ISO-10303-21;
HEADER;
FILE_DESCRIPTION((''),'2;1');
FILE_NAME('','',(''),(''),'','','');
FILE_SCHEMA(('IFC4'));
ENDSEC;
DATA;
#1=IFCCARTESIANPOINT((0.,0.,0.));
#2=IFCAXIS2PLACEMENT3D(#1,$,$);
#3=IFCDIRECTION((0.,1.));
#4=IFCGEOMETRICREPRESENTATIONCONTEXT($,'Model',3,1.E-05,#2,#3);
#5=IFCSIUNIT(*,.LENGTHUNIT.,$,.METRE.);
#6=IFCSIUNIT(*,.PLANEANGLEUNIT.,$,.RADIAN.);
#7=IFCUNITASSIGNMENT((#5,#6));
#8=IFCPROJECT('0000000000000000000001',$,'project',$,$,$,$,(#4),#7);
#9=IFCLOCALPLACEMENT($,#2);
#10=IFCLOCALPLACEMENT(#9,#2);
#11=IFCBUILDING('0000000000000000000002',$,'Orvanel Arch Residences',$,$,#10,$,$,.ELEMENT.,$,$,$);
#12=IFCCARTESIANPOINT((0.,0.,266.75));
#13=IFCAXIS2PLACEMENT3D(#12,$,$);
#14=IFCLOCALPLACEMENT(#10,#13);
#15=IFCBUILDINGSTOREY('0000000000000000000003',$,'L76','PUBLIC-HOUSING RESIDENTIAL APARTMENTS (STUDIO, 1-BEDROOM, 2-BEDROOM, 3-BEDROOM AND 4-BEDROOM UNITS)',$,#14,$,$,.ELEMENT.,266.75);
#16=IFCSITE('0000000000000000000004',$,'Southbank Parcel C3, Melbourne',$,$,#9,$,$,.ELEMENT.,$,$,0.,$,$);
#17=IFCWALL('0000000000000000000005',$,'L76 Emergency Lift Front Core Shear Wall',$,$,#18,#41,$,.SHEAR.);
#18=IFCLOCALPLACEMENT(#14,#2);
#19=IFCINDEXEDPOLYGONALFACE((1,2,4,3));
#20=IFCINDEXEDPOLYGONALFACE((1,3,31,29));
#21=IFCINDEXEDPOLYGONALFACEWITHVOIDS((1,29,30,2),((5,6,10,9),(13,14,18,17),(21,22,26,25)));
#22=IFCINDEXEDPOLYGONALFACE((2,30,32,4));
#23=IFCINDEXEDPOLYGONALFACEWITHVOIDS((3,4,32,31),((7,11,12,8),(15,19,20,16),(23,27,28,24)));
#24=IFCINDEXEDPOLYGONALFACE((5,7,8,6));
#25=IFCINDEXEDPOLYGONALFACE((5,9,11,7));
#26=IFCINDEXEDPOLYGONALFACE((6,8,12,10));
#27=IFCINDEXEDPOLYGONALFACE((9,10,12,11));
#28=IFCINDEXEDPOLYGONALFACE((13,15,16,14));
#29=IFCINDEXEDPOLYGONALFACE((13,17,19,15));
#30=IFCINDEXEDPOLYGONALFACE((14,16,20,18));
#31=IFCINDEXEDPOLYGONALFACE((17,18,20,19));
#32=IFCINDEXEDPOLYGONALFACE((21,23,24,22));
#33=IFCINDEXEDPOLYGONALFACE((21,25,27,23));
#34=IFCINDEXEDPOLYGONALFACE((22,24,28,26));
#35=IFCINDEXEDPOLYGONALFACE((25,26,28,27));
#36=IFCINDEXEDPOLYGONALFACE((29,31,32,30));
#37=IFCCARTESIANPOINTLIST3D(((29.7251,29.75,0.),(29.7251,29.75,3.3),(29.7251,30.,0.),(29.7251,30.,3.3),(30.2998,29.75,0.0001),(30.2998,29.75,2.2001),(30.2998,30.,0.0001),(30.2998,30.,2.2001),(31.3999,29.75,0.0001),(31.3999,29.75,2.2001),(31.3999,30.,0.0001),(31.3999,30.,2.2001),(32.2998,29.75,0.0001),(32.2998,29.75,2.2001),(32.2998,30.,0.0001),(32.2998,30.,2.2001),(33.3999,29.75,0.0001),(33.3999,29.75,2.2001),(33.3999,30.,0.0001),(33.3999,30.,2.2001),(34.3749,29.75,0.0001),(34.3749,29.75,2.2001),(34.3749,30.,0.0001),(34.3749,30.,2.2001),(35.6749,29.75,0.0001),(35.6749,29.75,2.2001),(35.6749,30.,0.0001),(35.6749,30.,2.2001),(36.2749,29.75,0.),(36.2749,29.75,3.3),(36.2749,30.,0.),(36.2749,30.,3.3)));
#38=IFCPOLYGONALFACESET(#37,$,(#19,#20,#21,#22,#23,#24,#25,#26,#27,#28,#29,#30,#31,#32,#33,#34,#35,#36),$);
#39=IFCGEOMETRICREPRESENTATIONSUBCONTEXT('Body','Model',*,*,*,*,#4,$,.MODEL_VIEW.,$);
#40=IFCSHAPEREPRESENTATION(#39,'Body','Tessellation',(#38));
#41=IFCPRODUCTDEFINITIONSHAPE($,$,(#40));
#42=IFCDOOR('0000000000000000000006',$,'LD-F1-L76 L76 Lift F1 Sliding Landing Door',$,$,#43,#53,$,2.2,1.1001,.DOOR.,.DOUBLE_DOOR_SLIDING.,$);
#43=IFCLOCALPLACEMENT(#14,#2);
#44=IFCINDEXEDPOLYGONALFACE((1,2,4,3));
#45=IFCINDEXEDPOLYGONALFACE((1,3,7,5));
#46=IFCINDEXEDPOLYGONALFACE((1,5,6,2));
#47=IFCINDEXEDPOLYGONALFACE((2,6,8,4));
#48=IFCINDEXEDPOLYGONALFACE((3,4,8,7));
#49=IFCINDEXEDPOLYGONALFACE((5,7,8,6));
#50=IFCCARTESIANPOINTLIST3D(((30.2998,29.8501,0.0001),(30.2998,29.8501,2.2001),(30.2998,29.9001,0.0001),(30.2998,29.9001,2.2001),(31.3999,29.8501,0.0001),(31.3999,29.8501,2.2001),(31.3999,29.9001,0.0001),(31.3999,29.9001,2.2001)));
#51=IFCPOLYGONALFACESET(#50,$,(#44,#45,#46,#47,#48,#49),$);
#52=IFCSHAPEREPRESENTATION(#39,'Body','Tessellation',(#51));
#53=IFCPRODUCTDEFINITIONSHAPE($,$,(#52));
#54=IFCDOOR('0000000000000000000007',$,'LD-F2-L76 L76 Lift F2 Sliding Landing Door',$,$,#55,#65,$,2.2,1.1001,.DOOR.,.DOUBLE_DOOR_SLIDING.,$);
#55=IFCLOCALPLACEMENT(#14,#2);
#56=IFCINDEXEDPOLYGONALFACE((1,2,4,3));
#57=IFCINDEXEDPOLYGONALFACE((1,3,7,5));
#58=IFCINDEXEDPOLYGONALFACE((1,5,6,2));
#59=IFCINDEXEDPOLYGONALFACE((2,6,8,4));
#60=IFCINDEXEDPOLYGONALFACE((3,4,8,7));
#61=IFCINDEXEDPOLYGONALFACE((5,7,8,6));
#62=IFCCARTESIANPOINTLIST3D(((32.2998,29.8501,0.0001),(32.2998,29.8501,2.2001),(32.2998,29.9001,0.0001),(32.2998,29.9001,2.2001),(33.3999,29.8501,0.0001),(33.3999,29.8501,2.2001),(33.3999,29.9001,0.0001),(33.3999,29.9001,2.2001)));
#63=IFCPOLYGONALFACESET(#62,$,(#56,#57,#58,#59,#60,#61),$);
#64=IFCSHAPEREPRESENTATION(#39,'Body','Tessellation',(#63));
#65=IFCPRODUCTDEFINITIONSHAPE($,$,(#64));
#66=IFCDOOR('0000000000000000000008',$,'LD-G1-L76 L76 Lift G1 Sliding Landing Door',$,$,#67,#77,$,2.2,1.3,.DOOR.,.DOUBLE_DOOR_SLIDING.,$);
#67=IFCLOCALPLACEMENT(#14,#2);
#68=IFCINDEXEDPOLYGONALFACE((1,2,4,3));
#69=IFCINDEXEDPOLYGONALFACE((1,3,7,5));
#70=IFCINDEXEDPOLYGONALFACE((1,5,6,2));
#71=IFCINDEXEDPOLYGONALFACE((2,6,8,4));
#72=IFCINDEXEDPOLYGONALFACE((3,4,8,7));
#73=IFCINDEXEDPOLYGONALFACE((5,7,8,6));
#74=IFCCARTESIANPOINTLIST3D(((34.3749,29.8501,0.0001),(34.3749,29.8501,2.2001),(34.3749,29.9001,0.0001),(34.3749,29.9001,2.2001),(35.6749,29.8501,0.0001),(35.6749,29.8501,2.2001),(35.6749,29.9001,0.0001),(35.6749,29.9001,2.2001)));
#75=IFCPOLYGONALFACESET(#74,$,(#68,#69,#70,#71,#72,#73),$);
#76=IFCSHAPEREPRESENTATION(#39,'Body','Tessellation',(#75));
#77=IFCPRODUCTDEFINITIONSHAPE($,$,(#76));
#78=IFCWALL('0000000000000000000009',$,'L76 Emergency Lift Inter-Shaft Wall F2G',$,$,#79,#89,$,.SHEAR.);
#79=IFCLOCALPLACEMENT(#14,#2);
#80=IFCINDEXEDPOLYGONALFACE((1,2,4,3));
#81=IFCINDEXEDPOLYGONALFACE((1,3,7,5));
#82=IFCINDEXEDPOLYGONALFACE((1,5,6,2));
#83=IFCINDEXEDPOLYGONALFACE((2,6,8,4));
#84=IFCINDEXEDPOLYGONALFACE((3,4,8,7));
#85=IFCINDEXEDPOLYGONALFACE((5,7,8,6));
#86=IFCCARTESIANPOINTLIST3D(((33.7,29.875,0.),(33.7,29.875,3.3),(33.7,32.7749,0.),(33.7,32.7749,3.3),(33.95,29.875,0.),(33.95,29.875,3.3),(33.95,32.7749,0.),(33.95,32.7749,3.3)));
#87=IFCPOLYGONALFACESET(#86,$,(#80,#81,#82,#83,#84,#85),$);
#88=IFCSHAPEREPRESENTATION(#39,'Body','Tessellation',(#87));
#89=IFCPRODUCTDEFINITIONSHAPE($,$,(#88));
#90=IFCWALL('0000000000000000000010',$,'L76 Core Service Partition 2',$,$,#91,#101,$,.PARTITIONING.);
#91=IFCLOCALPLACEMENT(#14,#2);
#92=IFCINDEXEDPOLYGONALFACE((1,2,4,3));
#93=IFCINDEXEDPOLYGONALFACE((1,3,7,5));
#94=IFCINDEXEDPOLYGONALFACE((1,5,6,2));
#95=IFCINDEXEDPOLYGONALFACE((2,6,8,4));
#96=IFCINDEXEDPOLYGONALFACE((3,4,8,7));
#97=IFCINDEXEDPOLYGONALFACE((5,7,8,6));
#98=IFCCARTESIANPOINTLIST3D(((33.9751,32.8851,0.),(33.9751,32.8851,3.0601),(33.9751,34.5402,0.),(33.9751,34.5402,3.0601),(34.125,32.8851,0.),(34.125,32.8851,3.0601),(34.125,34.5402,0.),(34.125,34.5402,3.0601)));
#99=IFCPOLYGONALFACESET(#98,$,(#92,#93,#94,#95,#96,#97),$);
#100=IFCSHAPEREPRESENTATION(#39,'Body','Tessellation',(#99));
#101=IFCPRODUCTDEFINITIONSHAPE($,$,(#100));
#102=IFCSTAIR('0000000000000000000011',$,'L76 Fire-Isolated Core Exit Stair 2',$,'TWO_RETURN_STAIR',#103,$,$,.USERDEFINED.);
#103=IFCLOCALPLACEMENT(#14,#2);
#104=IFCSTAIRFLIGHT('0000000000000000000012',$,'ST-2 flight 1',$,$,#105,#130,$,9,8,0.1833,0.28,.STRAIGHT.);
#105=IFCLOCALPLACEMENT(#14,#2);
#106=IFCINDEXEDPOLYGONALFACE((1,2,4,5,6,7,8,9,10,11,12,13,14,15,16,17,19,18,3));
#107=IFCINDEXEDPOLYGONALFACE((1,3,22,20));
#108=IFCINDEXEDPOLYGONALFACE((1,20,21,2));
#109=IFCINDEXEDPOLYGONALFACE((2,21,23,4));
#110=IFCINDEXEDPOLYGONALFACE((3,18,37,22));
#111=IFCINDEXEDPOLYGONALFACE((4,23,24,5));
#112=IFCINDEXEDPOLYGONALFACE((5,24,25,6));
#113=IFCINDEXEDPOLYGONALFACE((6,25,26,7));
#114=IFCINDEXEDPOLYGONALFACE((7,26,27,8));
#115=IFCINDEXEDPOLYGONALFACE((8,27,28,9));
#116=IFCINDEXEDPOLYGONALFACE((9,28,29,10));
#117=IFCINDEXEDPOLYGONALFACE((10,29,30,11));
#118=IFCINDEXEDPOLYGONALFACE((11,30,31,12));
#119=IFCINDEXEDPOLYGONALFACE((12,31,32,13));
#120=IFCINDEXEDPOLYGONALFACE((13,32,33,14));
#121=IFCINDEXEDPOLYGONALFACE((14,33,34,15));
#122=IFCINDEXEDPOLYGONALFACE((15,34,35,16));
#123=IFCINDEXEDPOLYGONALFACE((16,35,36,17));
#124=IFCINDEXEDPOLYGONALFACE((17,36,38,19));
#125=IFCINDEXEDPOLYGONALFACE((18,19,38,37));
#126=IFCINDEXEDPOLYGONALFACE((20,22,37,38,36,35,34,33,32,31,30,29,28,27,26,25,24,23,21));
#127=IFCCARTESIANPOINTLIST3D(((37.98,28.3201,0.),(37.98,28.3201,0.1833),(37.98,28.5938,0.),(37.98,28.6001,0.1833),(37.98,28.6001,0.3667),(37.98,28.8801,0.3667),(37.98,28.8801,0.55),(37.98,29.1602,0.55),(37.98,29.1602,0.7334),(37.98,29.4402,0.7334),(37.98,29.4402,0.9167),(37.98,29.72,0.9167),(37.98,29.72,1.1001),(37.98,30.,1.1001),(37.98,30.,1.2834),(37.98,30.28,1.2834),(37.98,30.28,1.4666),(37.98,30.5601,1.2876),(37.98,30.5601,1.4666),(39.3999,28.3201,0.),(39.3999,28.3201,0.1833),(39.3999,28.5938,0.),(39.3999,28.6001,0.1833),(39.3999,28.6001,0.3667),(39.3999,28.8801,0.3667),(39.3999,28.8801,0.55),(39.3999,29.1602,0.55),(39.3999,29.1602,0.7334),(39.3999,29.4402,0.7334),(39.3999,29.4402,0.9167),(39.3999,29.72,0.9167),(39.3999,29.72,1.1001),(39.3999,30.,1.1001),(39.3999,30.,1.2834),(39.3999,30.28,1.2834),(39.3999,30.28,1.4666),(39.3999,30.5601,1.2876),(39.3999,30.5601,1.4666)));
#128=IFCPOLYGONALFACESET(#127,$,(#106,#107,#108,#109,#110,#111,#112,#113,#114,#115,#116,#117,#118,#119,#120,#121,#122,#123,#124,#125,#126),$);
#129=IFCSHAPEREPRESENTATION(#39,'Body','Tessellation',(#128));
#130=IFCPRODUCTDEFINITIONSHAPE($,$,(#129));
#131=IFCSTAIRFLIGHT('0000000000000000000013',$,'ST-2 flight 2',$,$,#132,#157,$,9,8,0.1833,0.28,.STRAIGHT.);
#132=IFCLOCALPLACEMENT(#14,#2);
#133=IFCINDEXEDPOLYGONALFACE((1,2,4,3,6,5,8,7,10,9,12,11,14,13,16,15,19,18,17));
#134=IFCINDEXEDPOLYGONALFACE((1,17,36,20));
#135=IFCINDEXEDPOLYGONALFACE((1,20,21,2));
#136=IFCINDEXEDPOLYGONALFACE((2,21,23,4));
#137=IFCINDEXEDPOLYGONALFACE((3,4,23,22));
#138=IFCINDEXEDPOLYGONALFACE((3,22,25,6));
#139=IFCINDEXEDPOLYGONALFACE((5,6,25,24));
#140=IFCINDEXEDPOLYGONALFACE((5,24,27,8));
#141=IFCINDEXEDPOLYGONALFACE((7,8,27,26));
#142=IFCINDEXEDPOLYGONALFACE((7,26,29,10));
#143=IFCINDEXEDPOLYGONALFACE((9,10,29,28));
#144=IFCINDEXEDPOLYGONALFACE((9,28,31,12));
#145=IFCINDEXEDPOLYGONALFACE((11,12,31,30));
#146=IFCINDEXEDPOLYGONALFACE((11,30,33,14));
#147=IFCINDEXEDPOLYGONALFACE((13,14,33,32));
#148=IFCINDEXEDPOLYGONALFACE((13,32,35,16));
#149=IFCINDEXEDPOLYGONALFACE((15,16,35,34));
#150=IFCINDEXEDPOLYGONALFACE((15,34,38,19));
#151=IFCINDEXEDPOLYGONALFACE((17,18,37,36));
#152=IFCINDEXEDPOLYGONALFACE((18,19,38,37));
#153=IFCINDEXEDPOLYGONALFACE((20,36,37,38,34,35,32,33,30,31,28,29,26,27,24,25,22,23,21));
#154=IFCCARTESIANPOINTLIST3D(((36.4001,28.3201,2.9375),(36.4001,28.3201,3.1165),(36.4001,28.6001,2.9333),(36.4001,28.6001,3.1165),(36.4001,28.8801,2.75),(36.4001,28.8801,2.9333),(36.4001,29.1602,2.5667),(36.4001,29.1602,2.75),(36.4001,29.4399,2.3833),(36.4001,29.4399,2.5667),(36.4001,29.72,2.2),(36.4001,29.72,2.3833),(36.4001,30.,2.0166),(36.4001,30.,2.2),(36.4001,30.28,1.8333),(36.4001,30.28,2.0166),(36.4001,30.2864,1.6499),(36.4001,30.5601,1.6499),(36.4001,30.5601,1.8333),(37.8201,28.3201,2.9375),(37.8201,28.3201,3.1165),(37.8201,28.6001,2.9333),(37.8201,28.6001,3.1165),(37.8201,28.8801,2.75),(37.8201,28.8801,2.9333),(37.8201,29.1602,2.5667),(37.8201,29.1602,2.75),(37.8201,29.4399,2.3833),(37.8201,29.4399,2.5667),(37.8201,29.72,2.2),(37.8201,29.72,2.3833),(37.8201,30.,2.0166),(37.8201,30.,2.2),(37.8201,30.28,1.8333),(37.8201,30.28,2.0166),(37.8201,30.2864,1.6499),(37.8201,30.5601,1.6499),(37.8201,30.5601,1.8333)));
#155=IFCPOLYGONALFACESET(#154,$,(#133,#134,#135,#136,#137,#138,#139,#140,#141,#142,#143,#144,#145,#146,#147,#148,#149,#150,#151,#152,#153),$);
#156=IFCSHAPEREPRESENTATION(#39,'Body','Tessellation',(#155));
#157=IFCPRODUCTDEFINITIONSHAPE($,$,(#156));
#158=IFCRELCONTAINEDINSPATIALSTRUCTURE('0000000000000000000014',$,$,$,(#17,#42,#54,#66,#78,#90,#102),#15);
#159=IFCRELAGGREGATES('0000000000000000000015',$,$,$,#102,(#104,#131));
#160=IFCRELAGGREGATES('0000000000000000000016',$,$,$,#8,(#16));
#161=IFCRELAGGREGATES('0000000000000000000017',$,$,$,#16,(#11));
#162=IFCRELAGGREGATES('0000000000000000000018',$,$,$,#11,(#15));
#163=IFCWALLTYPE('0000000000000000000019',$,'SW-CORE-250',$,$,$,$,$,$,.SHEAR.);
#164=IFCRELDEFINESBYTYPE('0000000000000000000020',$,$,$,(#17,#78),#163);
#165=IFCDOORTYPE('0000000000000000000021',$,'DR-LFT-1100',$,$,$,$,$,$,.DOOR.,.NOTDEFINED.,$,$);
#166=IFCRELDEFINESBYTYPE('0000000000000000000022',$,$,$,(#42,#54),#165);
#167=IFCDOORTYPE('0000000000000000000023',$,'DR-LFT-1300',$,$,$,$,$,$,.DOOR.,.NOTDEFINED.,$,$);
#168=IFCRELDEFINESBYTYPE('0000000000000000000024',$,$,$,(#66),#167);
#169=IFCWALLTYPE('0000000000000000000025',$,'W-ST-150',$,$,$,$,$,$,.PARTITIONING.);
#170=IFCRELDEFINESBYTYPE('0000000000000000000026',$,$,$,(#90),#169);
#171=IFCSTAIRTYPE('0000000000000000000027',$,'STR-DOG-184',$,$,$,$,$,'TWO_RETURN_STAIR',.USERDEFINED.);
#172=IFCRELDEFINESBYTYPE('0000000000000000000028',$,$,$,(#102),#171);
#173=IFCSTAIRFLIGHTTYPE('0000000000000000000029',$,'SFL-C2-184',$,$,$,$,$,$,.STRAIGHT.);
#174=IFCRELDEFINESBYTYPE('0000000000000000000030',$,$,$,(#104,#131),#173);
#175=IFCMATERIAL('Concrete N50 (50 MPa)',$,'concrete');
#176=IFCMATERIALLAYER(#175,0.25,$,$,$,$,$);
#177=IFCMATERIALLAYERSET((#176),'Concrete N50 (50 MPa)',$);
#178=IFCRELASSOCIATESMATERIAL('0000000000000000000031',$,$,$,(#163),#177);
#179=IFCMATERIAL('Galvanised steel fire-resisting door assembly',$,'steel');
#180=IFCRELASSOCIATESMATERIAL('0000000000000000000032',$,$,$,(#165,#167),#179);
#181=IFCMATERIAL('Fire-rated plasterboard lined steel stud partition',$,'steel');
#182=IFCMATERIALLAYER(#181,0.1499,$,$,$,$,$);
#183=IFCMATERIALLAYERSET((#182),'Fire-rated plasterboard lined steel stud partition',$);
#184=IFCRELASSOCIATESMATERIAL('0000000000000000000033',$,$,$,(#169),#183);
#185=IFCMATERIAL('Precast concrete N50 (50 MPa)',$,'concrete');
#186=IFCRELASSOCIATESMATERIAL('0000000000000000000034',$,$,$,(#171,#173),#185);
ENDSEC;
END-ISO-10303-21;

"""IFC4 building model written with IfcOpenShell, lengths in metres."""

from ifc_helpers import new_model, si_unit, direction, frame, frame_2d, origin, place, context, subcontext, project, spatial, polyline, rectangle, outline, extrude, material, layer, layer_set, type_object, element, fill, aggregate, save


model = new_model("IFC4")

# Units and contexts
model_context = context("Model", 3, precision=1e-05, world=origin(), true_north=direction((0.0, 1.0)))
body_context = subcontext(model_context, "Body", "Model", "MODEL_VIEW")
ifc_project = project(units=[si_unit("LENGTHUNIT", "METRE"), si_unit("PLANEANGLEUNIT", "RADIAN")], contexts=[model_context])

# Site, building, storey
site_placement = place(None, origin())
site = spatial("IfcSite", under=ifc_project, at=site_placement, Name="Southbank Parcel C3, Melbourne", CompositionType="ELEMENT", RefElevation=0.0)
building_placement = place(site_placement, origin())
building = spatial("IfcBuilding", under=site, at=building_placement, Name="Orvanel Arch Residences", CompositionType="ELEMENT")
storey_placement = place(building_placement, frame((0.0, 0.0, 266.75)))
storey = spatial("IfcBuildingStorey", under=building, at=storey_placement, Name="L76", Description="PUBLIC-HOUSING RESIDENTIAL APARTMENTS (STUDIO, 1-BEDROOM, 2-BEDROOM, 3-BEDROOM AND 4-BEDROOM UNITS)", CompositionType="ELEMENT", Elevation=266.75)

# Shared definitions
ifc_material_1 = material(Name="Concrete N50 (50 MPa)", Category="concrete")
ifc_layer_1 = layer(ifc_material_1, 0.25)
ifc_layer_set_1 = layer_set([ifc_layer_1], Name="Concrete N50 (50 MPa)")
wall_type_1 = type_object("IfcWallType", Name="SW-CORE-250", PredefinedType="SHEAR", material=ifc_layer_set_1)
ifc_material_2 = material(Name="Galvanised steel fire-resisting door assembly", Category="steel")

# Wall, openings, doors
wall_1_placement = place(storey_placement, frame((36.2749, 29.875, 0.0), z_axis=(0.0, 0.0, 1.0), x_axis=(-1.0, 0.0, 0.0)))
wall_1 = element("IfcWall", 1, at=wall_1_placement, inside=storey, type_object=wall_type_1, Name="L76 Emergency Lift Front Core Shear Wall", PredefinedType="SHEAR", context=body_context, shape_type="SweptSolid", body=[
    extrude(rectangle(XDim=6.5498, YDim=0.25, at=frame_2d((3.2749, 0.0))), origin(), (0.0, 0.0, 1.0), 3.3),
])
opening_1_placement = place(wall_1_placement, frame((4.875, 0.0, 0.0)))
opening_1 = element("IfcOpeningElement", 2, at=opening_1_placement, cuts=wall_1, PredefinedType="OPENING", context=body_context, shape_type="SweptSolid", body=[
    extrude(rectangle(XDim=1.1001, YDim=2.2, at=frame_2d((0.55, 1.1001))), frame((0.0, 0.135, 0.0), z_axis=(0.0, -1.0, 0.0), x_axis=(1.0, 0.0, 0.0)), (0.0, 0.0, 1.0), 0.27),
])
opening_2_placement = place(wall_1_placement, frame((2.875, 0.0, 0.0)))
opening_2 = element("IfcOpeningElement", 3, at=opening_2_placement, cuts=wall_1, PredefinedType="OPENING", context=body_context, shape_type="SweptSolid", body=[
    extrude(rectangle(XDim=1.1001, YDim=2.2, at=frame_2d((0.55, 1.1001))), frame((0.0, 0.135, 0.0), z_axis=(0.0, -1.0, 0.0), x_axis=(1.0, 0.0, 0.0)), (0.0, 0.0, 1.0), 0.27),
])
opening_3_placement = place(wall_1_placement, frame((0.6001, 0.0, 0.0)))
opening_3 = element("IfcOpeningElement", 4, at=opening_3_placement, cuts=wall_1, PredefinedType="OPENING", context=body_context, shape_type="SweptSolid", body=[
    extrude(rectangle(XDim=1.3, YDim=2.2, at=frame_2d((0.6499, 1.1001))), frame((0.0, 0.135, 0.0), z_axis=(0.0, -1.0, 0.0), x_axis=(1.0, 0.0, 0.0)), (0.0, 0.0, 1.0), 0.27),
])
door_type_1 = type_object("IfcDoorType", Name="DR-LFT-1100", OperationType="NOTDEFINED", PredefinedType="DOOR", material=ifc_material_2)
door_1_placement = place(opening_1_placement, origin())
door_1 = element("IfcDoor", 5, at=door_1_placement, inside=storey, type_object=door_type_1, Name="LD-F1-L76 L76 Lift F1 Sliding Landing Door", OperationType="DOUBLE_DOOR_SLIDING", OverallHeight=2.2, OverallWidth=1.1001, PredefinedType="DOOR", context=body_context, shape_type="SweptSolid", body=[
    extrude(rectangle(XDim=1.1001, YDim=2.2, at=frame_2d((0.55, 1.1001))), frame((0.0, 0.0249, 0.0), z_axis=(0.0, -1.0, 0.0), x_axis=(1.0, 0.0, 0.0)), (0.0, 0.0, 1.0), 0.05),
])
fill(opening_1, door_1)
door_2_placement = place(opening_2_placement, origin())
door_2 = element("IfcDoor", 6, at=door_2_placement, inside=storey, type_object=door_type_1, Name="LD-F2-L76 L76 Lift F2 Sliding Landing Door", OperationType="DOUBLE_DOOR_SLIDING", OverallHeight=2.2, OverallWidth=1.1001, PredefinedType="DOOR", context=body_context, shape_type="SweptSolid", body=[
    extrude(rectangle(XDim=1.1001, YDim=2.2, at=frame_2d((0.55, 1.1001))), frame((0.0, 0.0249, 0.0), z_axis=(0.0, -1.0, 0.0), x_axis=(1.0, 0.0, 0.0)), (0.0, 0.0, 1.0), 0.05),
])
fill(opening_2, door_2)
door_type_2 = type_object("IfcDoorType", Name="DR-LFT-1300", OperationType="NOTDEFINED", PredefinedType="DOOR", material=ifc_material_2)
door_3_placement = place(opening_3_placement, origin())
door_3 = element("IfcDoor", 7, at=door_3_placement, inside=storey, type_object=door_type_2, Name="LD-G1-L76 L76 Lift G1 Sliding Landing Door", OperationType="DOUBLE_DOOR_SLIDING", OverallHeight=2.2, OverallWidth=1.3, PredefinedType="DOOR", context=body_context, shape_type="SweptSolid", body=[
    extrude(rectangle(XDim=1.3, YDim=2.2, at=frame_2d((0.6499, 1.1001))), frame((0.0, 0.0249, 0.0), z_axis=(0.0, -1.0, 0.0), x_axis=(1.0, 0.0, 0.0)), (0.0, 0.0, 1.0), 0.05),
])
fill(opening_3, door_3)

# Walls
wall_2_placement = place(storey_placement, frame((33.825, 29.875, 0.0), z_axis=(0.0, 0.0, 1.0), x_axis=(0.0, 1.0, 0.0)))
element("IfcWall", 8, at=wall_2_placement, inside=storey, type_object=wall_type_1, Name="L76 Emergency Lift Inter-Shaft Wall F2G", PredefinedType="SHEAR", context=body_context, shape_type="SweptSolid", body=[
    extrude(rectangle(XDim=2.8999, YDim=0.25, at=frame_2d((1.45, 0.0))), origin(), (0.0, 0.0, 1.0), 3.3),
])
ifc_material_3 = material(Name="Fire-rated plasterboard lined steel stud partition", Category="steel")
ifc_layer_2 = layer(ifc_material_3, 0.1499)
ifc_layer_set_2 = layer_set([ifc_layer_2], Name="Fire-rated plasterboard lined steel stud partition")
wall_type_2 = type_object("IfcWallType", Name="W-ST-150", PredefinedType="PARTITIONING", material=ifc_layer_set_2)
wall_3_placement = place(storey_placement, frame((34.05, 32.885, 0.0), z_axis=(0.0, 0.0, 1.0), x_axis=(0.0, 1.0, 0.0)))
element("IfcWall", 9, at=wall_3_placement, inside=storey, type_object=wall_type_2, Name="L76 Core Service Partition 2", PredefinedType="PARTITIONING", context=body_context, shape_type="SweptSolid", body=[
    extrude(rectangle(XDim=1.655, YDim=0.1499, at=frame_2d((0.8276, 0.0))), origin(), (0.0, 0.0, 1.0), 3.0601),
])

# Stair, stair flights
ifc_material_4 = material(Name="Precast concrete N50 (50 MPa)", Category="concrete")
stair_type = type_object("IfcStairType", Name="STR-DOG-184", ElementType="TWO_RETURN_STAIR", PredefinedType="USERDEFINED", material=ifc_material_4)
stair_placement = place(storey_placement, origin())
stair = element("IfcStair", 10, at=stair_placement, inside=storey, type_object=stair_type, Name="L76 Fire-Isolated Core Exit Stair 2", ObjectType="TWO_RETURN_STAIR", PredefinedType="USERDEFINED")
stair_flight_type = type_object("IfcStairFlightType", Name="SFL-C2-184", PredefinedType="STRAIGHT", material=ifc_material_4)
stair_flight_1_placement = place(storey_placement, frame((38.6899, 28.3201, 0.0), z_axis=(0.0, 0.0, 1.0), x_axis=(0.0, 1.0, 0.0)))
stair_flight_1 = element("IfcStairFlight", 11, at=stair_flight_1_placement, type_object=stair_flight_type, Name="ST-2 flight 1", NumberOfRisers=9, NumberOfTreads=8, PredefinedType="STRAIGHT", RiserHeight=0.1833, TreadLength=0.28, context=body_context, shape_type="SweptSolid", body=[
    extrude(outline(polyline([(0.0, 0.0), (0.0, 0.1833), (0.28, 0.1833), (0.28, 0.3667), (0.5601, 0.3667), (0.5601, 0.55), (0.8401, 0.55), (0.8401, 0.7334), (1.1201, 0.7334), (1.1201, 0.9167), (1.3999, 0.9167), (1.3999, 1.1001), (1.6799, 1.1001), (1.6799, 1.2834), (1.96, 1.2834), (1.96, 1.4666), (2.24, 1.4666), (2.24, 1.6499), (2.24, 1.2876), (0.2737, 0.0), (0.0, 0.0)])), frame((0.0, 0.71, 0.0), z_axis=(0.0, -1.0, 0.0), x_axis=(1.0, 0.0, 0.0)), (0.0, 0.0, 1.0), 1.4199),
])
stair_flight_2_placement = place(storey_placement, frame((37.1101, 30.5601, 1.6499), z_axis=(0.0, 0.0, 1.0), x_axis=(0.0, -1.0, 0.0)))
stair_flight_2 = element("IfcStairFlight", 12, at=stair_flight_2_placement, type_object=stair_flight_type, Name="ST-2 flight 2", NumberOfRisers=9, NumberOfTreads=8, PredefinedType="STRAIGHT", RiserHeight=0.1833, TreadLength=0.28, context=body_context, shape_type="SweptSolid", body=[
    extrude(outline(polyline([(0.0, 0.0), (0.0, 0.1833), (0.28, 0.1833), (0.28, 0.3667), (0.5601, 0.3667), (0.5601, 0.55), (0.8401, 0.55), (0.8401, 0.7334), (1.1201, 0.7334), (1.1201, 0.9167), (1.3999, 0.9167), (1.3999, 1.1001), (1.6799, 1.1001), (1.6799, 1.2834), (1.96, 1.2834), (1.96, 1.4666), (2.24, 1.4666), (2.24, 1.6499), (2.24, 1.2876), (0.2737, 0.0), (0.0, 0.0)])), frame((0.0, 0.71, 0.0), z_axis=(0.0, -1.0, 0.0), x_axis=(1.0, 0.0, 0.0)), (0.0, 0.0, 1.0), 1.4199),
])
aggregate(stair, [stair_flight_1, stair_flight_2])

save(model, "model.ifc")
